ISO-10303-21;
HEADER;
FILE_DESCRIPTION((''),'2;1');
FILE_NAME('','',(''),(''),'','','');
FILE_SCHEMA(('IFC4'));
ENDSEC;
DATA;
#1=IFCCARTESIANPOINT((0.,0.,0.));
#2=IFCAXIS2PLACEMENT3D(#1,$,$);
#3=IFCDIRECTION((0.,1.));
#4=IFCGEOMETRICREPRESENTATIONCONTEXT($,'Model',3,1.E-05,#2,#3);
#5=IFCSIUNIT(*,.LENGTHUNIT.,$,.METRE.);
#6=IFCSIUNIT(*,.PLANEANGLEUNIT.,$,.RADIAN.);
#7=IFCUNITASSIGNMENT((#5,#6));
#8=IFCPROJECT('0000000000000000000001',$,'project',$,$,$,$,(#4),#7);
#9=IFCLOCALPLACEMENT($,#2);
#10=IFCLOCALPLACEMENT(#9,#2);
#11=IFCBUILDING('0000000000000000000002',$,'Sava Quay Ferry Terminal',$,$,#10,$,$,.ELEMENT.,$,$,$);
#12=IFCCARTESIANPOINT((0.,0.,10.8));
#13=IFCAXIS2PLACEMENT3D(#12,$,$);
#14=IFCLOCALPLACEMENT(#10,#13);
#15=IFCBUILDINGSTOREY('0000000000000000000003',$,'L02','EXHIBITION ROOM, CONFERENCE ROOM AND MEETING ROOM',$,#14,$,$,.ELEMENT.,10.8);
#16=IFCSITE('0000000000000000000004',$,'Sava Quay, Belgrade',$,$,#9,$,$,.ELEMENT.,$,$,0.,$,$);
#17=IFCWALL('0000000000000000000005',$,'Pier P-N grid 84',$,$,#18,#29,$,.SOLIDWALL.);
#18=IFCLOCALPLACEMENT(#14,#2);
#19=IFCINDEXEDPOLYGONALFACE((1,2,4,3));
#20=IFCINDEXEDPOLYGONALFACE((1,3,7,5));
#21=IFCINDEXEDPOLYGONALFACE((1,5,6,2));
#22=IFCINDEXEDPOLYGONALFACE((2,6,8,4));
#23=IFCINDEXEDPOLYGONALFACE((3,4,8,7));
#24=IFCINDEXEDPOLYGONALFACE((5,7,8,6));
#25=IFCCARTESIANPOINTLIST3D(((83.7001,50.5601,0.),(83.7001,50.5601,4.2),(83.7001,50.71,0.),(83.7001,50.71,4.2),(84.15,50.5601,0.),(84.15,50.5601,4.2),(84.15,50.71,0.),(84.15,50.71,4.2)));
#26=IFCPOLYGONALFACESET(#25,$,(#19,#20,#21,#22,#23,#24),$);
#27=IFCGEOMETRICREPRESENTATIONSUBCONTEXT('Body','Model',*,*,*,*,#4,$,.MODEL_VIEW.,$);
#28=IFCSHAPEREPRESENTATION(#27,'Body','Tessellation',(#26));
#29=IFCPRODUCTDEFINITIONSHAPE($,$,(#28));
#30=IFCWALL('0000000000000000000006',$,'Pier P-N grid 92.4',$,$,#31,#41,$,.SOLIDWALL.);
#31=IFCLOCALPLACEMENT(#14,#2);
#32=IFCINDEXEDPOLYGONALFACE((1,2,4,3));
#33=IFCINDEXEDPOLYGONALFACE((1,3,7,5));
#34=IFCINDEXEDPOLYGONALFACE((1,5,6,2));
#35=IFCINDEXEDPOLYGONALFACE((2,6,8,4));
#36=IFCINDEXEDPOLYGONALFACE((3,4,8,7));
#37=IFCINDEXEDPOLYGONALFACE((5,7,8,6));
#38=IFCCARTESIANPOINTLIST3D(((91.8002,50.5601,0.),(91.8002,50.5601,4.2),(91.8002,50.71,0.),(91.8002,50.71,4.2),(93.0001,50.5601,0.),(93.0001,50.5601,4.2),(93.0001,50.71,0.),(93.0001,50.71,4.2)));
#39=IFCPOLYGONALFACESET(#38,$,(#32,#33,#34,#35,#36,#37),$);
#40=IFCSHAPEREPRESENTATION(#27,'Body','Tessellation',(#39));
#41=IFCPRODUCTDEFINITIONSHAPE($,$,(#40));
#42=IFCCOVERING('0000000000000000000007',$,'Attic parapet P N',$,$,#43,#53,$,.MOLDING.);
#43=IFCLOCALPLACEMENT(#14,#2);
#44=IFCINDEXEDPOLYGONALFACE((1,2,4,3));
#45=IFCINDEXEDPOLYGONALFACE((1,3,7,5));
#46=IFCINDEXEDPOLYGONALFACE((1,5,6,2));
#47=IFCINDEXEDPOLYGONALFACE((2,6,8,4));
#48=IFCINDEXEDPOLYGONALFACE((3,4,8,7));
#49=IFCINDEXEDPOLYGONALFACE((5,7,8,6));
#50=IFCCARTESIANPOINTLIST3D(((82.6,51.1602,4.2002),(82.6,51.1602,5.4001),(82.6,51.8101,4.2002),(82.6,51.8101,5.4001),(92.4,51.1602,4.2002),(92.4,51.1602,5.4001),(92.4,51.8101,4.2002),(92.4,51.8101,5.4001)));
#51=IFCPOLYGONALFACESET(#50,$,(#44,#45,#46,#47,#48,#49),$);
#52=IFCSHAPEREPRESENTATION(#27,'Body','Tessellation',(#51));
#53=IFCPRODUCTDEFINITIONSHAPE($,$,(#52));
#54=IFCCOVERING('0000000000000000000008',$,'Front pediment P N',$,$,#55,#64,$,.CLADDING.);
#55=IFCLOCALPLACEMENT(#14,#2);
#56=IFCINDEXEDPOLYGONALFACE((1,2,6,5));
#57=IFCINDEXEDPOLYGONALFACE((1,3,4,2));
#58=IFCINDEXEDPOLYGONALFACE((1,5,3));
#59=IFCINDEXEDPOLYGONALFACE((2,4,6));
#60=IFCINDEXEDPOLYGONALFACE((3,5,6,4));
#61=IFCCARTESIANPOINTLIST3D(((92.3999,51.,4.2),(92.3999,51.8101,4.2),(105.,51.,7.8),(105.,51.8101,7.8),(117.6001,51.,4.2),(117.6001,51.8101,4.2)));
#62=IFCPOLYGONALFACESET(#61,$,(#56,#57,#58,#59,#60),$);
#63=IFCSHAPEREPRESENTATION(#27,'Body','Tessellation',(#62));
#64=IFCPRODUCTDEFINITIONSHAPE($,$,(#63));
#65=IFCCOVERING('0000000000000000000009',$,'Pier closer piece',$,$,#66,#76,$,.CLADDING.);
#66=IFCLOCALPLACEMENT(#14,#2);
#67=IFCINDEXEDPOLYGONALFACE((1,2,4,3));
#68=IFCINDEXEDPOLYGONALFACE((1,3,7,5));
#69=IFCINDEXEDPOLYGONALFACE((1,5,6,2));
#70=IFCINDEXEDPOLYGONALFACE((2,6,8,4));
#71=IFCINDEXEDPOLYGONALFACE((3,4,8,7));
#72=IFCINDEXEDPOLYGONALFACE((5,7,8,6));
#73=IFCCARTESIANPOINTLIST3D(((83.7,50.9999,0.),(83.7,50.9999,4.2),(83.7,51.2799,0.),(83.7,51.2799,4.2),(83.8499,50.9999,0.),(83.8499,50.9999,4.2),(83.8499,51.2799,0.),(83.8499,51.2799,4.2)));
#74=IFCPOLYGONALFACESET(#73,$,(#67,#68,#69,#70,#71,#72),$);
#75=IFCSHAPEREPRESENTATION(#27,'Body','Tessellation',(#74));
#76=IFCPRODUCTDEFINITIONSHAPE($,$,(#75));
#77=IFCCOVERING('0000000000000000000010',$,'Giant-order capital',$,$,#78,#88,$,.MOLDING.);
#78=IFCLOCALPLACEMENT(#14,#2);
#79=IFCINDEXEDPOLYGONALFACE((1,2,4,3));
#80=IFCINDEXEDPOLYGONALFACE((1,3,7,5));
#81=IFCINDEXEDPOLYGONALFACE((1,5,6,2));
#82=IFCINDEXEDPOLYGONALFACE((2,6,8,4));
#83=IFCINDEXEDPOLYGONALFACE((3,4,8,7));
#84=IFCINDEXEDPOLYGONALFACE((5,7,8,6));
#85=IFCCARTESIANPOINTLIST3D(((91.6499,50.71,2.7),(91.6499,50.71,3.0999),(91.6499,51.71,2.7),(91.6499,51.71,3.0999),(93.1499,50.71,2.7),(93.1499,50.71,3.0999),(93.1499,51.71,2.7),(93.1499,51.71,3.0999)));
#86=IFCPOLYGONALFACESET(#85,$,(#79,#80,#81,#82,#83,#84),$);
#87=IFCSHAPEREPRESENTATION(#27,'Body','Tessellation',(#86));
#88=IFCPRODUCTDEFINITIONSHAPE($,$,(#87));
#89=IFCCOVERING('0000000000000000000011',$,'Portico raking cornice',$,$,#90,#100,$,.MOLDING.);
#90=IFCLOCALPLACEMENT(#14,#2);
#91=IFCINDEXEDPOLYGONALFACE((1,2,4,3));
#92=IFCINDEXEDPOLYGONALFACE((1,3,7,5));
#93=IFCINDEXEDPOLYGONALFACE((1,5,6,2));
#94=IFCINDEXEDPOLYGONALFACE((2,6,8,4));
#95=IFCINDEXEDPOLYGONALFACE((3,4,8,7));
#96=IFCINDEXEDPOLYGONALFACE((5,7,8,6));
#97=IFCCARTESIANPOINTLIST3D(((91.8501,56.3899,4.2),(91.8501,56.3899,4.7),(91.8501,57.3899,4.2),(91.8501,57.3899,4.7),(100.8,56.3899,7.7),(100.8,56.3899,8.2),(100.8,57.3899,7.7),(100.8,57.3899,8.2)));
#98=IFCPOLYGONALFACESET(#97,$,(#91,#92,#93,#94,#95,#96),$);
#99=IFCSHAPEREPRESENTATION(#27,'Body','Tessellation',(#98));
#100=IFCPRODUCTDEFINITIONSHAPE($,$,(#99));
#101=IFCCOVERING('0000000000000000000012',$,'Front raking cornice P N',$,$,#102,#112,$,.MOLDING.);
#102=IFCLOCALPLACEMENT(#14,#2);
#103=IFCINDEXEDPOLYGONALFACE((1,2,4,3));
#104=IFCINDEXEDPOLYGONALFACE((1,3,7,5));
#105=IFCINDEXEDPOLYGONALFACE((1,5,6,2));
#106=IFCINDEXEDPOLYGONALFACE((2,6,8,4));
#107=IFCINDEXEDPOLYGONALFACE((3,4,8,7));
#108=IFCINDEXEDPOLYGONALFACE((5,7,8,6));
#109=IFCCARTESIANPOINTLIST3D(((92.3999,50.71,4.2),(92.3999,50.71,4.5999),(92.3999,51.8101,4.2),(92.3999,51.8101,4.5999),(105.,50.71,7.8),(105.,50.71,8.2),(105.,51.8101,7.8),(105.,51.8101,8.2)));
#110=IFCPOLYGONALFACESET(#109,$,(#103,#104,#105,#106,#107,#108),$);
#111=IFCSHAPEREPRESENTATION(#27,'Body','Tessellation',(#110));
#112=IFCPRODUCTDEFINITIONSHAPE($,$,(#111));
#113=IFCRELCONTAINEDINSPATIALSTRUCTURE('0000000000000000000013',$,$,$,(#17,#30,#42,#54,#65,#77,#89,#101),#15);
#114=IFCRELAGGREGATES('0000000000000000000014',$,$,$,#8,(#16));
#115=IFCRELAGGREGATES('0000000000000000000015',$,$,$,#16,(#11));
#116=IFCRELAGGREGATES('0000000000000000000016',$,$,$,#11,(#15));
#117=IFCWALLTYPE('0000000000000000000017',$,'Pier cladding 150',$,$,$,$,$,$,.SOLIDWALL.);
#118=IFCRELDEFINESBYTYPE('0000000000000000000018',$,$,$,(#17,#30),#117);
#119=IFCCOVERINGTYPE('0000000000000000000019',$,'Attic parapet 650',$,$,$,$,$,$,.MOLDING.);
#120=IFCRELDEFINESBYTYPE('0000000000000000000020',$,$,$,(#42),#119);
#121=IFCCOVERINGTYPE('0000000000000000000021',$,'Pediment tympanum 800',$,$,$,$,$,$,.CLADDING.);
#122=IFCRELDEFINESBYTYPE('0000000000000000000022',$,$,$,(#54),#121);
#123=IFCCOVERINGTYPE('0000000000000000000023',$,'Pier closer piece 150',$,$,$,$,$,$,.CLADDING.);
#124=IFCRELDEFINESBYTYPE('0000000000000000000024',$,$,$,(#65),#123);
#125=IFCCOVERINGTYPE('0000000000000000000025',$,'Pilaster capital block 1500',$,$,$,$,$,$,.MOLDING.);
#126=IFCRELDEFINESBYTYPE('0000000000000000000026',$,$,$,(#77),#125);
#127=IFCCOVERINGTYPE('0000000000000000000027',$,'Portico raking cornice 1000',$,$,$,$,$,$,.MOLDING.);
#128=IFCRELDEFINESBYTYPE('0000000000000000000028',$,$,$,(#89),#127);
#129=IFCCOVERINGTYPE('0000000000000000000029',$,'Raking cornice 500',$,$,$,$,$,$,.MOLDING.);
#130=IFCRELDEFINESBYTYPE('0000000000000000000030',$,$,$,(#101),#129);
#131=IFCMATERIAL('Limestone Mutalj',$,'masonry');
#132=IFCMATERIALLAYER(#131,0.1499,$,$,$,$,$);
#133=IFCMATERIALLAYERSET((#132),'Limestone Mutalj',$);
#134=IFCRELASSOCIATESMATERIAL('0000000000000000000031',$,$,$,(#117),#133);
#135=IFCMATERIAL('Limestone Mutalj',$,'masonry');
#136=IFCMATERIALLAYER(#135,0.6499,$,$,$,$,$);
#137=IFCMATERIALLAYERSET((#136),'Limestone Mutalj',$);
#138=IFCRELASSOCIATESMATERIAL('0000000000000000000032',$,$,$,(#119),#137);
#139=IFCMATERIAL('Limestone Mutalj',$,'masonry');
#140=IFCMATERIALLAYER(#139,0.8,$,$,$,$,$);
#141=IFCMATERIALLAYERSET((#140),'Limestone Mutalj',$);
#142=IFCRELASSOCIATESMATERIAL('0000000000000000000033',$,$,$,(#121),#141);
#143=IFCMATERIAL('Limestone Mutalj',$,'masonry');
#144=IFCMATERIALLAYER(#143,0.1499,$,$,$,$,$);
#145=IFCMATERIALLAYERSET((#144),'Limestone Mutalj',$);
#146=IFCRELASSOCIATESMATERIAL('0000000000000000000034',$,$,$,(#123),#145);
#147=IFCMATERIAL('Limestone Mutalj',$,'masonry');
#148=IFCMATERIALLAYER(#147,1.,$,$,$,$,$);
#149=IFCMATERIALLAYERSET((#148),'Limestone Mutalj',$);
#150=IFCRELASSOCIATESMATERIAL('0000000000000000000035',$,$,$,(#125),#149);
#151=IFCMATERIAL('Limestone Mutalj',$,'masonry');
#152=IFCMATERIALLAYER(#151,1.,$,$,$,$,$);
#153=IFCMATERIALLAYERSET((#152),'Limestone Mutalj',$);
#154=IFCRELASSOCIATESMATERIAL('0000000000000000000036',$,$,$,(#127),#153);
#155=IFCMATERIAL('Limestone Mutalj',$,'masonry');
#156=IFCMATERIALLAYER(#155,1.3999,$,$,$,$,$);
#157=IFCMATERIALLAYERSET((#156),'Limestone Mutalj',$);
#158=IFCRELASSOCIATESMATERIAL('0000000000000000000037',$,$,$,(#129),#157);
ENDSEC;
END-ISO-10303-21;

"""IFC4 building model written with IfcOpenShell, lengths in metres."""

from ifc_helpers import new_model, si_unit, direction, frame, frame_2d, origin, origin_2d, place, context, subcontext, project, spatial, polyline, rectangle, outline, extrude, material, layer, layer_set, type_object, element, save


model = new_model("IFC4")

# Units and contexts
model_context = context("Model", 3, precision=1e-05, world=origin(), true_north=direction((0.0, 1.0)))
body_context = subcontext(model_context, "Body", "Model", "MODEL_VIEW")
ifc_project = project(units=[si_unit("LENGTHUNIT", "METRE"), si_unit("PLANEANGLEUNIT", "RADIAN")], contexts=[model_context])

# Site, building, storey
site_placement = place(None, origin())
site = spatial("IfcSite", under=ifc_project, at=site_placement, Name="Sava Quay, Belgrade", CompositionType="ELEMENT", RefElevation=0.0)
building_placement = place(site_placement, origin())
building = spatial("IfcBuilding", under=site, at=building_placement, Name="Sava Quay Ferry Terminal", CompositionType="ELEMENT")
storey_placement = place(building_placement, frame((0.0, 0.0, 10.8)))
storey = spatial("IfcBuildingStorey", under=building, at=storey_placement, Name="L02", Description="EXHIBITION ROOM, CONFERENCE ROOM AND MEETING ROOM", CompositionType="ELEMENT", Elevation=10.8)

# Walls
ifc_material_1 = material(Name="Limestone Mutalj", Category="masonry")
ifc_layer_1 = layer(ifc_material_1, 0.1499)
ifc_layer_set_1 = layer_set([ifc_layer_1], Name="Limestone Mutalj")
wall_type = type_object("IfcWallType", Name="Pier cladding 150", PredefinedType="SOLIDWALL", material=ifc_layer_set_1)
wall_1_placement = place(storey_placement, frame((83.7, 50.635, 0.0), z_axis=(0.0, 0.0, 1.0), x_axis=(1.0, 0.0, 0.0)))
element("IfcWall", 1, at=wall_1_placement, inside=storey, type_object=wall_type, Name="Pier P-N grid 84", PredefinedType="SOLIDWALL", context=body_context, shape_type="SweptSolid", body=[
    extrude(rectangle(XDim=0.45, YDim=0.1499, at=frame_2d((0.2251, 0.0))), origin(), (0.0, 0.0, 1.0), 4.2),
])
wall_2_placement = place(storey_placement, frame((91.8, 50.635, 0.0), z_axis=(0.0, 0.0, 1.0), x_axis=(1.0, 0.0, 0.0)))
element("IfcWall", 2, at=wall_2_placement, inside=storey, type_object=wall_type, Name="Pier P-N grid 92.4", PredefinedType="SOLIDWALL", context=body_context, shape_type="SweptSolid", body=[
    extrude(rectangle(XDim=1.2, YDim=0.1499, at=frame_2d((0.6001, 0.0))), origin(), (0.0, 0.0, 1.0), 4.2),
])

# Coverings
ifc_material_2 = material(Name="Limestone Mutalj", Category="masonry")
ifc_layer_2 = layer(ifc_material_2, 0.6499)
ifc_layer_set_2 = layer_set([ifc_layer_2], Name="Limestone Mutalj")
covering_type_1 = type_object("IfcCoveringType", Name="Attic parapet 650", PredefinedType="MOLDING", material=ifc_layer_set_2)
covering_1_placement = place(storey_placement, frame((87.5, 51.4851, 4.2002), z_axis=(0.0, 0.0, 1.0), x_axis=(1.0, 0.0, 0.0)))
element("IfcCovering", 3, at=covering_1_placement, inside=storey, type_object=covering_type_1, Name="Attic parapet P N", PredefinedType="MOLDING", context=body_context, shape_type="SweptSolid", body=[
    extrude(rectangle(XDim=9.8, YDim=0.6499, at=origin_2d()), origin(), (0.0, 0.0, 1.0), 1.2),
])
ifc_material_3 = material(Name="Limestone Mutalj", Category="masonry")
ifc_layer_3 = layer(ifc_material_3, 0.8)
ifc_layer_set_3 = layer_set([ifc_layer_3], Name="Limestone Mutalj")
covering_type_2 = type_object("IfcCoveringType", Name="Pediment tympanum 800", PredefinedType="CLADDING", material=ifc_layer_set_3)
covering_2_placement = place(storey_placement, frame((92.3999, 51.0, 4.2), z_axis=(0.0, -1.0, 0.0), x_axis=(1.0, 0.0, 0.0)))
element("IfcCovering", 4, at=covering_2_placement, inside=storey, type_object=covering_type_2, Name="Front pediment P N", PredefinedType="CLADDING", context=body_context, shape_type="SweptSolid", body=[
    extrude(outline(polyline([(0.0, 0.0), (25.2002, 0.0), (12.6001, 3.6001), (0.0, 0.0)])), origin(), (0.0, 0.0, -1.0), 0.8101),
])
ifc_material_4 = material(Name="Limestone Mutalj", Category="masonry")
ifc_layer_4 = layer(ifc_material_4, 0.1499)
ifc_layer_set_4 = layer_set([ifc_layer_4], Name="Limestone Mutalj")
covering_type_3 = type_object("IfcCoveringType", Name="Pier closer piece 150", PredefinedType="CLADDING", material=ifc_layer_set_4)
covering_3_placement = place(storey_placement, frame((83.7749, 51.1399, 0.0), z_axis=(0.0, 0.0, 1.0), x_axis=(1.0, 0.0, 0.0)))
element("IfcCovering", 5, at=covering_3_placement, inside=storey, type_object=covering_type_3, Name="Pier closer piece", PredefinedType="CLADDING", context=body_context, shape_type="SweptSolid", body=[
    extrude(rectangle(XDim=0.1499, YDim=0.28, at=origin_2d()), origin(), (0.0, 0.0, 1.0), 4.2),
])
ifc_material_5 = material(Name="Limestone Mutalj", Category="masonry")
ifc_layer_5 = layer(ifc_material_5, 1.0)
ifc_layer_set_5 = layer_set([ifc_layer_5], Name="Limestone Mutalj")
covering_type_4 = type_object("IfcCoveringType", Name="Pilaster capital block 1500", PredefinedType="MOLDING", material=ifc_layer_set_5)
covering_4_placement = place(storey_placement, frame((92.3999, 51.21, 2.7), z_axis=(0.0, 0.0, 1.0), x_axis=(1.0, 0.0, 0.0)))
element("IfcCovering", 6, at=covering_4_placement, inside=storey, type_object=covering_type_4, Name="Giant-order capital", PredefinedType="MOLDING", context=body_context, shape_type="SweptSolid", body=[
    extrude(rectangle(XDim=1.5, YDim=1.0, at=origin_2d()), origin(), (0.0, 0.0, 1.0), 0.3999),
])
ifc_material_6 = material(Name="Limestone Mutalj", Category="masonry")
ifc_layer_6 = layer(ifc_material_6, 1.0)
ifc_layer_set_6 = layer_set([ifc_layer_6], Name="Limestone Mutalj")
covering_type_5 = type_object("IfcCoveringType", Name="Portico raking cornice 1000", PredefinedType="MOLDING", material=ifc_layer_set_6)
covering_5_placement = place(storey_placement, frame((91.8501, 56.3899, 4.2), z_axis=(0.0, -1.0, 0.0), x_axis=(0.931319, 0.0, 0.364205)))
element("IfcCovering", 7, at=covering_5_placement, inside=storey, type_object=covering_type_5, Name="Portico raking cornice", PredefinedType="MOLDING", context=body_context, shape_type="SweptSolid", body=[
    extrude(outline(polyline([(0.0, 0.0), (9.61, 0.0), (9.7921, 0.4657), (0.1821, 0.4657), (0.0, 0.0)])), origin(), (0.0, 0.0, -1.0), 1.0),
])
ifc_material_7 = material(Name="Limestone Mutalj", Category="masonry")
ifc_layer_7 = layer(ifc_material_7, 1.3999)
ifc_layer_set_7 = layer_set([ifc_layer_7], Name="Limestone Mutalj")
covering_type_6 = type_object("IfcCoveringType", Name="Raking cornice 500", PredefinedType="MOLDING", material=ifc_layer_set_7)
covering_6_placement = place(storey_placement, frame((92.3999, 50.71, 4.2), z_axis=(0.0, -1.0, 0.0), x_axis=(0.961523, 0.0, 0.274726)))
element("IfcCovering", 8, at=covering_6_placement, inside=storey, type_object=covering_type_6, Name="Front raking cornice P N", PredefinedType="MOLDING", context=body_context, shape_type="SweptSolid", body=[
    extrude(outline(polyline([(0.0, 0.0), (13.1043, 0.0), (13.2142, 0.3845), (0.1099, 0.3845), (0.0, 0.0)])), origin(), (0.0, 0.0, -1.0), 1.1001),
])

save(model, "model.ifc")
